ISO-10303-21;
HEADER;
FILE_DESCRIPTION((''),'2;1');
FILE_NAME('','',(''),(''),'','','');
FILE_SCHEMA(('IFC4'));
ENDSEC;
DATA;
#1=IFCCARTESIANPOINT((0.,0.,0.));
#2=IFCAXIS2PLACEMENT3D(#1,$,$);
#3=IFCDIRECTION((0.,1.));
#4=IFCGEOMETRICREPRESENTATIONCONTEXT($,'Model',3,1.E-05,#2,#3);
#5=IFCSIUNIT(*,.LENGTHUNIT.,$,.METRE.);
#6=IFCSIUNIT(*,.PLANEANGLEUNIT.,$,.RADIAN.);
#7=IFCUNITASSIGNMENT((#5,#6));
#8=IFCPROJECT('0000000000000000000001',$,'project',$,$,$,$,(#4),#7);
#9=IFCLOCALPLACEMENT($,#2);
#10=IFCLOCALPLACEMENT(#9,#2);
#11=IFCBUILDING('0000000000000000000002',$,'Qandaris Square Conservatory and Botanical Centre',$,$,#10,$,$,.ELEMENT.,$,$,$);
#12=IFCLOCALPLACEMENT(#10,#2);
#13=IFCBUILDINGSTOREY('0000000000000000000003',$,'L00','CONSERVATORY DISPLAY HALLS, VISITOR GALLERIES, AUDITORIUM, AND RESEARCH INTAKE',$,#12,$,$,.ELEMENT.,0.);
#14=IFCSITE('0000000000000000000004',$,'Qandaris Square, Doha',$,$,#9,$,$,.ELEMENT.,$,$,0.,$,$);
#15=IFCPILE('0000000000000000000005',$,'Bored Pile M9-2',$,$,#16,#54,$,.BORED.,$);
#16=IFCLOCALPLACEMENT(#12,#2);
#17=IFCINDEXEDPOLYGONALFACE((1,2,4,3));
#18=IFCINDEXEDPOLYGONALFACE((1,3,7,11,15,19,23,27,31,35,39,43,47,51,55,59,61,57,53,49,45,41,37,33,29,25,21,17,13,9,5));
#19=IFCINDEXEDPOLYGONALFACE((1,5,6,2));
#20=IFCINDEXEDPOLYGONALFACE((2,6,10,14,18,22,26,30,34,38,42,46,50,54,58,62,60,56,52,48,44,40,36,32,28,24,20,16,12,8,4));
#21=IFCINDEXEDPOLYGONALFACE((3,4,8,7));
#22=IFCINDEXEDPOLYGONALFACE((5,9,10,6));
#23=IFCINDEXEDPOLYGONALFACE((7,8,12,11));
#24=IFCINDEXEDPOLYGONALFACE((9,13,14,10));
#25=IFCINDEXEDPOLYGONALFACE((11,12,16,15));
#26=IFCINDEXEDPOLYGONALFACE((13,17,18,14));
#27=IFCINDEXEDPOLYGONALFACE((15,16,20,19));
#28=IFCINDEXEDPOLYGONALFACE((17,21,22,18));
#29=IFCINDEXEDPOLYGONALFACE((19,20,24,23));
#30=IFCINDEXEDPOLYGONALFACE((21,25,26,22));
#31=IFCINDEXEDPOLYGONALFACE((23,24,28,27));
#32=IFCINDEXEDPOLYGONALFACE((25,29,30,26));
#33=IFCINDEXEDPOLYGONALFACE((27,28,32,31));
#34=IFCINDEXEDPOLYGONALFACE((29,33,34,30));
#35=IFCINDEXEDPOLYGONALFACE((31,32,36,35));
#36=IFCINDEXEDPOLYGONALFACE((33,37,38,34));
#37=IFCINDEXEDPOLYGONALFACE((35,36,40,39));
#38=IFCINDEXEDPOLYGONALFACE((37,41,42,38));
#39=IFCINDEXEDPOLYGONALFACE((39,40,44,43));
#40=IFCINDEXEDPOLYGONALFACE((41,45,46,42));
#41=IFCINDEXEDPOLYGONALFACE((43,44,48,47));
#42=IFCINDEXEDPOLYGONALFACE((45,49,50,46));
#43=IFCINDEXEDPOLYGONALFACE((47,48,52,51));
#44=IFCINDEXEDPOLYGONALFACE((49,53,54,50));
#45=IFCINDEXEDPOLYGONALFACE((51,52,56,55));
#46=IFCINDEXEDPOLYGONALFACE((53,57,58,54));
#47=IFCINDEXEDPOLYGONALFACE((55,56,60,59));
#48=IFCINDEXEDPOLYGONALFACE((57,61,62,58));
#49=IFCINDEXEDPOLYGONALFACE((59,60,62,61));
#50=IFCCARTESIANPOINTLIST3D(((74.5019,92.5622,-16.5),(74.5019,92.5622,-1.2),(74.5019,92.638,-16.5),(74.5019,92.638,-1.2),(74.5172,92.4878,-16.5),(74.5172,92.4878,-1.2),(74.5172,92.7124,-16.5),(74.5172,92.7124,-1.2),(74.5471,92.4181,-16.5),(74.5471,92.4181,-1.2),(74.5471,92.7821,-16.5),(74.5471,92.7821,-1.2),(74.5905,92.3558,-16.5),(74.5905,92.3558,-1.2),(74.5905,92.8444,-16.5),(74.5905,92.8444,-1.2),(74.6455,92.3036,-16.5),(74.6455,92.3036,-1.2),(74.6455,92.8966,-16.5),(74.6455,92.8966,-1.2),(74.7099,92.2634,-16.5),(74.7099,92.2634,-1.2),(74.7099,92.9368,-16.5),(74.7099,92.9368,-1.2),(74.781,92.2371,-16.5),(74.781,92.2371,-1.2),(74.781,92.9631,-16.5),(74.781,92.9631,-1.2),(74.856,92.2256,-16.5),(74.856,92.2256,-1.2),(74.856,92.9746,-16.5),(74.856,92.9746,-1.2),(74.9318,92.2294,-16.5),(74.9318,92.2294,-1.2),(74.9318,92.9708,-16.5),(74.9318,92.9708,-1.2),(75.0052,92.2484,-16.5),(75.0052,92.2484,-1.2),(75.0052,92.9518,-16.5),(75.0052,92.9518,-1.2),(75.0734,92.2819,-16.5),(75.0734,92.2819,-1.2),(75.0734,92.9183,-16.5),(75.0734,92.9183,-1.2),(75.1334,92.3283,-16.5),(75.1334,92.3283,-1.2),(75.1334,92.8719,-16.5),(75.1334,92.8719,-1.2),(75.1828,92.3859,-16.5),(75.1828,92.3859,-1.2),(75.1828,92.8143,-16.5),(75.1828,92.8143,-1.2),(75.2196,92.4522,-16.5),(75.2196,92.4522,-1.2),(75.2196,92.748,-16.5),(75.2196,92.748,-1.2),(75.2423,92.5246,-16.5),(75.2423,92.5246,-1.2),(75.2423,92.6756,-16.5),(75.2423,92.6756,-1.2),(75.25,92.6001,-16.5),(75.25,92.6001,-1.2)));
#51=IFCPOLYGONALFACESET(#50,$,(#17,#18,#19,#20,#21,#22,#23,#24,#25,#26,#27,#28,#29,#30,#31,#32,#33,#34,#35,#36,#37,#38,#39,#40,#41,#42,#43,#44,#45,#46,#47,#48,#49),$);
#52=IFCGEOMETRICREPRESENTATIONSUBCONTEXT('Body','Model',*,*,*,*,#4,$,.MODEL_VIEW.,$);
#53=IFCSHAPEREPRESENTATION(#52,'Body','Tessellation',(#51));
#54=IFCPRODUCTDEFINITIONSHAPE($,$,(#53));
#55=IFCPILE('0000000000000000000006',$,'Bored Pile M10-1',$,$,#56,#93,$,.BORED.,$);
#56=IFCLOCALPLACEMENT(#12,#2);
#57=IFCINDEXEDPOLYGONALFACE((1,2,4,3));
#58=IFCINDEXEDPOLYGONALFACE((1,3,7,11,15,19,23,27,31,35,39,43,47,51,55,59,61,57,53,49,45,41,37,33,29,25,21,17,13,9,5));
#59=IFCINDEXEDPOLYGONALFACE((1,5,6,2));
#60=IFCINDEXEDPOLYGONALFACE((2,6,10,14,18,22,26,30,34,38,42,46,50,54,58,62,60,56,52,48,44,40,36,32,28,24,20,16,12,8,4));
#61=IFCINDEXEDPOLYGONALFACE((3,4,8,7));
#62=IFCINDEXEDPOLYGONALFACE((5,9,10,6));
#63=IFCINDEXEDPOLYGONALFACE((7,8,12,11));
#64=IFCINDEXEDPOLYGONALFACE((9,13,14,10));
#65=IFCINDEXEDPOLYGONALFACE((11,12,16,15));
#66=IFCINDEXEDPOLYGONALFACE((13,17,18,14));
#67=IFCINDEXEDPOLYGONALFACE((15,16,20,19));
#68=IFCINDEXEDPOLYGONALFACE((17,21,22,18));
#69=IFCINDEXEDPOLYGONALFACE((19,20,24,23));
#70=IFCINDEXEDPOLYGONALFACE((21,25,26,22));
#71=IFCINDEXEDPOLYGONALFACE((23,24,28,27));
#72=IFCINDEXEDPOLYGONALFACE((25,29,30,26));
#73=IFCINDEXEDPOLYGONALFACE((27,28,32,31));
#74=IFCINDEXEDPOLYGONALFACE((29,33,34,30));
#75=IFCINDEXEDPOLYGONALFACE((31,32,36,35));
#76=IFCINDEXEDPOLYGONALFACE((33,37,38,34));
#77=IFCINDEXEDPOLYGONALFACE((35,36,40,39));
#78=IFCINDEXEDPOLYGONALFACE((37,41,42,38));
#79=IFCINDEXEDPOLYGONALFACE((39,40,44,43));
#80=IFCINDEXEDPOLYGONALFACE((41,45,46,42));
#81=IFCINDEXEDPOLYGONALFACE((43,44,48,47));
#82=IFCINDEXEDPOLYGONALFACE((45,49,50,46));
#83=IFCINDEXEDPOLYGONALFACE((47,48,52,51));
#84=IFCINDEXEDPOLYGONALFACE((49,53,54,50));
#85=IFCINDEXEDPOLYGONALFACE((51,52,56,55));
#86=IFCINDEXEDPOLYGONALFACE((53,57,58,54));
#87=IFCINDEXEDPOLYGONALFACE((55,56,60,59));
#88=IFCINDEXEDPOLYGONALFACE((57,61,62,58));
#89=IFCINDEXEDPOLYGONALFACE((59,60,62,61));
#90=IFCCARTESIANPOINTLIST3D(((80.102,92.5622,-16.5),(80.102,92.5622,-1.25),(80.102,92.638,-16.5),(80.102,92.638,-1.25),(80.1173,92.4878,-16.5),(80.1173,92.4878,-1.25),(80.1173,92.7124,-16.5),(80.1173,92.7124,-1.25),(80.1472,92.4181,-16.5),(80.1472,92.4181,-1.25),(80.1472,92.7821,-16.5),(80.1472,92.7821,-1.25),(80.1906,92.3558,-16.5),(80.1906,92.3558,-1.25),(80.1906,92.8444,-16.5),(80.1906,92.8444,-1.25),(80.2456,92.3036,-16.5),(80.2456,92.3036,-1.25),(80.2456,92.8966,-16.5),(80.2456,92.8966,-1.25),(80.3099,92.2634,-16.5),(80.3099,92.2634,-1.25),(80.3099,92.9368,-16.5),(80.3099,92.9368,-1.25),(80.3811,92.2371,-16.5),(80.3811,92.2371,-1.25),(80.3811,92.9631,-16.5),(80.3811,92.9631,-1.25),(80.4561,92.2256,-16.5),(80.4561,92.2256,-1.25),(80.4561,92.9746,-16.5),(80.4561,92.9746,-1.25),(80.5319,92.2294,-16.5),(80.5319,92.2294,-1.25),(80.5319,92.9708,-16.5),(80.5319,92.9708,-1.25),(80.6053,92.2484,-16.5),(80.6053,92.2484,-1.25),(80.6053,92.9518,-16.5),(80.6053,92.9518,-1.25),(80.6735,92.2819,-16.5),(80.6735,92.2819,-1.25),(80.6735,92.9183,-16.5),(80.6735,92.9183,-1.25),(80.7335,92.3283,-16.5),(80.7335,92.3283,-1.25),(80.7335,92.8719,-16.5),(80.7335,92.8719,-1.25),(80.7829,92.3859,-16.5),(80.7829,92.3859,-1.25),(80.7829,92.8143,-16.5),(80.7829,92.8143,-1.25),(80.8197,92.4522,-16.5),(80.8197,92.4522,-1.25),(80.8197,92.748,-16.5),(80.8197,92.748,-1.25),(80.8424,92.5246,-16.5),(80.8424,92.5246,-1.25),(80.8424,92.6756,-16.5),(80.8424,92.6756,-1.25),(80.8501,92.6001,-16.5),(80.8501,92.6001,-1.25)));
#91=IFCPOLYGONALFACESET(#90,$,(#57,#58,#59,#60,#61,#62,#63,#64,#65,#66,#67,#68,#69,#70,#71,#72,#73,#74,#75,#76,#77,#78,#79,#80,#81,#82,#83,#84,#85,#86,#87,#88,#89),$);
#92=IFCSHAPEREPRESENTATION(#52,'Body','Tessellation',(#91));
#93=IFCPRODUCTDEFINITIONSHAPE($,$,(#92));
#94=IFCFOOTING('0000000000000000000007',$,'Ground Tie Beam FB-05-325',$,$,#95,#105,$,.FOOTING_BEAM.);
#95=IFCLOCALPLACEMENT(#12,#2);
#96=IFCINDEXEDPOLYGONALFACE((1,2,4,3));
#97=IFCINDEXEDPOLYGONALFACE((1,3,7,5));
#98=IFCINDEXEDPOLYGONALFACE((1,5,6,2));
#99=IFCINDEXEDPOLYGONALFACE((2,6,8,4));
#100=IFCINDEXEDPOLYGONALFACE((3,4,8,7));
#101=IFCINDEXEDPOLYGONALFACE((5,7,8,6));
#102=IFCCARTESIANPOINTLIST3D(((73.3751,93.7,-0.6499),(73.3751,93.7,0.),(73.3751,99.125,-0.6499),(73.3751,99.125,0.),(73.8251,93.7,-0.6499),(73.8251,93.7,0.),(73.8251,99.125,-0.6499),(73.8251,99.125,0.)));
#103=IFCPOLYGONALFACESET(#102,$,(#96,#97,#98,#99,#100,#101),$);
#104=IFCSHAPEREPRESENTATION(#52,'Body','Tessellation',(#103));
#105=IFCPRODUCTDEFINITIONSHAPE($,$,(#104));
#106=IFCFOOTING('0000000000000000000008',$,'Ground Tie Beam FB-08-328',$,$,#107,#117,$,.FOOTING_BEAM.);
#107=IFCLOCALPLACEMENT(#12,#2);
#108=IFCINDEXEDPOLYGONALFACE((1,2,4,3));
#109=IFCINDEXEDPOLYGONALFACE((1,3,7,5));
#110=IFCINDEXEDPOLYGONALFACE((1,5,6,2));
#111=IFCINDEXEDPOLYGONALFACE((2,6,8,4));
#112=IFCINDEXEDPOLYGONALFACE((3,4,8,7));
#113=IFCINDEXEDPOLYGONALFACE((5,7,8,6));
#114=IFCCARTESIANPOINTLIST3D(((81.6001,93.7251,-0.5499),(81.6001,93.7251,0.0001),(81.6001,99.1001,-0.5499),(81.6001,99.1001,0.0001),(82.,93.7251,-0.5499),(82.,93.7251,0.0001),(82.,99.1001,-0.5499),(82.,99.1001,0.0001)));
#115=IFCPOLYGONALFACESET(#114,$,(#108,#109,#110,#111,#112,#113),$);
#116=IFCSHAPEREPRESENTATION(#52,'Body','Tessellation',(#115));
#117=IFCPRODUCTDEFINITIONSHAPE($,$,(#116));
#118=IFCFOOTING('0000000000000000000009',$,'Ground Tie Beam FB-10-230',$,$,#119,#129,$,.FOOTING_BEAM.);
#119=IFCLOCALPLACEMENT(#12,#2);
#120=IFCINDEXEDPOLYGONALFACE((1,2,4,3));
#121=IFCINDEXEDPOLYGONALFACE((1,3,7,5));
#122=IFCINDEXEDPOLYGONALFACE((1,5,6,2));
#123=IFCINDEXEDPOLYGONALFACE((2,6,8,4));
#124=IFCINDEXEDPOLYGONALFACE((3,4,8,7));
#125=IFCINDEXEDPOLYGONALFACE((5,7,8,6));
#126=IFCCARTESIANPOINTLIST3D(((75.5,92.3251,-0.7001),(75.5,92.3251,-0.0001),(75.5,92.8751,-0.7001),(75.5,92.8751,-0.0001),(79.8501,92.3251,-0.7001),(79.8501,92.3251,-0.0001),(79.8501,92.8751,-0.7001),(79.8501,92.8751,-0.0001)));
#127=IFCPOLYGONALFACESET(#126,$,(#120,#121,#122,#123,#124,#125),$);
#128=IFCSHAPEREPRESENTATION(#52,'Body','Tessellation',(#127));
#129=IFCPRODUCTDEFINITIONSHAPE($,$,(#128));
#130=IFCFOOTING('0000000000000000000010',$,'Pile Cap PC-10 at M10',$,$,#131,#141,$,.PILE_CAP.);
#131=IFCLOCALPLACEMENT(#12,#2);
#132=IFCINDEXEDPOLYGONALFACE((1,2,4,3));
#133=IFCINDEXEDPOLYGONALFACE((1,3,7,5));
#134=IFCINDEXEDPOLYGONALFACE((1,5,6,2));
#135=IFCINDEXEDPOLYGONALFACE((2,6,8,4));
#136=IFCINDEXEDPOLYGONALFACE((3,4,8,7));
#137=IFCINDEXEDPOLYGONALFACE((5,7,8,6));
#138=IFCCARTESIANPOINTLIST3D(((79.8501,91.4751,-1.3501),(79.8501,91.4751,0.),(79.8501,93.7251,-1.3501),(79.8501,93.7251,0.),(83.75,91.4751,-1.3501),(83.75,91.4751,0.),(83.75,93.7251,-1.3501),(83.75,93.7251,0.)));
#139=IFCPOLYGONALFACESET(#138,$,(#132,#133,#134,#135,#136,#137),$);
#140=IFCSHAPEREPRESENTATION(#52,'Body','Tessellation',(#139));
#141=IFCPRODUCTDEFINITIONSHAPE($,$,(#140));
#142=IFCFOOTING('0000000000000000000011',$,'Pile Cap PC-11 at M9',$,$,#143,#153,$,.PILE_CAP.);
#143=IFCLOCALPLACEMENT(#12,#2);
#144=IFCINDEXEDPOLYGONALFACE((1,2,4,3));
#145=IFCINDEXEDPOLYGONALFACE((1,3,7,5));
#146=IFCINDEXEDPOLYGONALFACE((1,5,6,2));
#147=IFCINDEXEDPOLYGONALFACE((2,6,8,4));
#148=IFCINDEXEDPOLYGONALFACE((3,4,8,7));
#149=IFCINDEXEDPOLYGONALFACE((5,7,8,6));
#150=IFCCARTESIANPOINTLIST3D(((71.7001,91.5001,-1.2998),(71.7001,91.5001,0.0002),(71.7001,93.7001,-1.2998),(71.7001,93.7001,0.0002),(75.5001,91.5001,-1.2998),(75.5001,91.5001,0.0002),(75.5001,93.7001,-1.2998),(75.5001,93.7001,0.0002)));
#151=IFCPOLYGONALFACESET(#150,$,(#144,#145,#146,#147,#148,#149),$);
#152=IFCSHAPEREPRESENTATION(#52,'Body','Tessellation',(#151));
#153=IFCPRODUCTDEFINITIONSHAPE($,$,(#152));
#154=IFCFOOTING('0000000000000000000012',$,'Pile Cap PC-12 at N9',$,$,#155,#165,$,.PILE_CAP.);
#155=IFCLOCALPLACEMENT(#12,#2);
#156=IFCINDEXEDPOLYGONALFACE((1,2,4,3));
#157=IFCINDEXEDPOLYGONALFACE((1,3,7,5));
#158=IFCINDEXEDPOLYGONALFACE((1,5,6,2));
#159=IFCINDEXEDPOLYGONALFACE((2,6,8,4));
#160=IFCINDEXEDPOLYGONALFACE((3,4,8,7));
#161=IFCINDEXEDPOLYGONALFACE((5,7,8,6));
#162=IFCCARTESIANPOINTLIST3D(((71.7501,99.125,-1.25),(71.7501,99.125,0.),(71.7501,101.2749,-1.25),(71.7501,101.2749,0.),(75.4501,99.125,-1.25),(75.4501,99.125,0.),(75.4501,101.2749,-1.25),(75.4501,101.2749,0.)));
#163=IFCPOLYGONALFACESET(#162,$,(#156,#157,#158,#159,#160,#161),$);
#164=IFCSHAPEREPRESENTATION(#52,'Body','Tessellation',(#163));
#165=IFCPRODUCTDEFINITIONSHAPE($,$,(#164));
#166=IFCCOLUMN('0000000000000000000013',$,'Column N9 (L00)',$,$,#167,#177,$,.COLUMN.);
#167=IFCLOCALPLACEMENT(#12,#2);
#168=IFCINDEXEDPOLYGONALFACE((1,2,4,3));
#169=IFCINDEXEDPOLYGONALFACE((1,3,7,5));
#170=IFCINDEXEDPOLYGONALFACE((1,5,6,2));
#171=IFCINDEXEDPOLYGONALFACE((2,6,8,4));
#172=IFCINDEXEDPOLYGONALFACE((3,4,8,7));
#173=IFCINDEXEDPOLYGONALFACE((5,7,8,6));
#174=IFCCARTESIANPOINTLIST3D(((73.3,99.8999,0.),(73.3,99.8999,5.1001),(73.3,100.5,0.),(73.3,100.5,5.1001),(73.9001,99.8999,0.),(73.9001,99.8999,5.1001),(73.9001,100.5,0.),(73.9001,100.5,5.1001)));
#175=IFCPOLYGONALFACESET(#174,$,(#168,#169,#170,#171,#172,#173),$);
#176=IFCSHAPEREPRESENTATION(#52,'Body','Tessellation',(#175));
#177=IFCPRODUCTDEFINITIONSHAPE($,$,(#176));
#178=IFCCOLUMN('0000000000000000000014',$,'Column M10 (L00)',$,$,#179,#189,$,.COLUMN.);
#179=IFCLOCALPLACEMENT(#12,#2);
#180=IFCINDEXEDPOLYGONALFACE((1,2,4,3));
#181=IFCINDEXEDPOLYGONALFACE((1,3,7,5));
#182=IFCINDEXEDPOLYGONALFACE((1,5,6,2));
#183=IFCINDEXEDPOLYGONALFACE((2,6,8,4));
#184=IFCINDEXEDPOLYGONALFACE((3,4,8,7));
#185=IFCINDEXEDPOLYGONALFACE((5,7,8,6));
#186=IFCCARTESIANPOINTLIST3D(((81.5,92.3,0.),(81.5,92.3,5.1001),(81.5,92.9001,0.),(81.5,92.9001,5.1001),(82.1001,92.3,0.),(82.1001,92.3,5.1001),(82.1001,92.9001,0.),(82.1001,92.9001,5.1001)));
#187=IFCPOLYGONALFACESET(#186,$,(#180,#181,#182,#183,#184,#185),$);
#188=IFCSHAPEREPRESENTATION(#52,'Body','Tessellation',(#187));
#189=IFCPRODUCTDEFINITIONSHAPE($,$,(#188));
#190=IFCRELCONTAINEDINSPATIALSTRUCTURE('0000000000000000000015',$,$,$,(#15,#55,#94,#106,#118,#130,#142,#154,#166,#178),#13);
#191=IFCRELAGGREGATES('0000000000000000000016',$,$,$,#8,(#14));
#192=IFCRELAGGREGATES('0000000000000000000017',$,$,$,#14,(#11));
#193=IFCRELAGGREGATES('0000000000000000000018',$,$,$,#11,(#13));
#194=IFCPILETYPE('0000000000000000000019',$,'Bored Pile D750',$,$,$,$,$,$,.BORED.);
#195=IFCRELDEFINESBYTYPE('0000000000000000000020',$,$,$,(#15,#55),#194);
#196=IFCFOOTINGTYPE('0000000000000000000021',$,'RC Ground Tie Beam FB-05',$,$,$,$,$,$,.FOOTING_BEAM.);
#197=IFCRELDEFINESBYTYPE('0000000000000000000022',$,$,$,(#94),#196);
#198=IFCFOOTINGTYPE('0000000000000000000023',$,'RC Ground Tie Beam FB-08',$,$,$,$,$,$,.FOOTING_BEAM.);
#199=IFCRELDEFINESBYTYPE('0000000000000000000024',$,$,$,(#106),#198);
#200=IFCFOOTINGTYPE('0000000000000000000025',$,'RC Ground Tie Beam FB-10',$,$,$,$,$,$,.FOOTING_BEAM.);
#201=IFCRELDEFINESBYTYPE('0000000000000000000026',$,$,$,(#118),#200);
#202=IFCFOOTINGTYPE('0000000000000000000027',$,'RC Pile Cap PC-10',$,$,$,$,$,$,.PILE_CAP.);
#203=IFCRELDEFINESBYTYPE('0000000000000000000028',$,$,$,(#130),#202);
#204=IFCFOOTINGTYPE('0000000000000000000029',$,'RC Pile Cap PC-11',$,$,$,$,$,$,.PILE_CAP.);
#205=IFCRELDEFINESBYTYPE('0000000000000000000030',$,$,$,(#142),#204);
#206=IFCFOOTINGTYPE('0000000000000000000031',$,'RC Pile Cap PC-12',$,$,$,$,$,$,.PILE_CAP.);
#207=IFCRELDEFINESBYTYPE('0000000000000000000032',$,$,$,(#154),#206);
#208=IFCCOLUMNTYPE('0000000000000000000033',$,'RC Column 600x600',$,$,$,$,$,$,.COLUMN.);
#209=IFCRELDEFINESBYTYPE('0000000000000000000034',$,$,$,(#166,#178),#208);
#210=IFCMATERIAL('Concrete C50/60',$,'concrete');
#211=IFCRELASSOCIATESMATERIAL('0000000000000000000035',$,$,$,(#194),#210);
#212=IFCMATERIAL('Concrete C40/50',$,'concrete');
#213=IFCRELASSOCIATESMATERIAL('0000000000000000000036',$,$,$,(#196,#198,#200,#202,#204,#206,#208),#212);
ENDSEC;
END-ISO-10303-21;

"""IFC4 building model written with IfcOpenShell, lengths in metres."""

from ifc_helpers import new_model, si_unit, direction, frame, origin, origin_2d, place, context, subcontext, project, spatial, rectangle, circle, extrude, material, material_profile, profile_set, type_object, element, save


model = new_model("IFC4")

# Units and contexts
model_context = context("Model", 3, precision=1e-05, world=origin(), true_north=direction((0.0, 1.0)))
body_context = subcontext(model_context, "Body", "Model", "MODEL_VIEW")
ifc_project = project(units=[si_unit("LENGTHUNIT", "METRE"), si_unit("PLANEANGLEUNIT", "RADIAN")], contexts=[model_context])

# Site, building, storey
site_placement = place(None, origin())
site = spatial("IfcSite", under=ifc_project, at=site_placement, Name="Qandaris Square, Doha", CompositionType="ELEMENT", RefElevation=0.0)
building_placement = place(site_placement, origin())
building = spatial("IfcBuilding", under=site, at=building_placement, Name="Qandaris Square Conservatory and Botanical Centre", CompositionType="ELEMENT")
storey_placement = place(building_placement, origin())
storey = spatial("IfcBuildingStorey", under=building, at=storey_placement, Name="L00", Description="CONSERVATORY DISPLAY HALLS, VISITOR GALLERIES, AUDITORIUM, AND RESEARCH INTAKE", CompositionType="ELEMENT", Elevation=0.0)

# Piles
ifc_material_1 = material(Name="Concrete C50/60", Category="concrete")
ifc_material_profile_1 = material_profile(ifc_material_1, circle(Radius=0.375, at=origin_2d()), Name="PILE D750")
ifc_profile_set_1 = profile_set([ifc_material_profile_1], Name="Concrete C50/60")
pile_type = type_object("IfcPileType", Name="Bored Pile D750", PredefinedType="BORED", material=ifc_profile_set_1)
pile_1_placement = place(storey_placement, frame((74.875, 92.6001, -1.2), z_axis=(0.0, 0.0, -1.0), x_axis=(1.0, 0.0, 0.0)))
element("IfcPile", 1, at=pile_1_placement, inside=storey, type_object=pile_type, Name="Bored Pile M9-2", PredefinedType="BORED", context=body_context, shape_type="SweptSolid", body=[
    extrude(circle(Radius=0.375, at=origin_2d()), origin(), (0.0, 0.0, 1.0), 15.3),
])
pile_2_placement = place(storey_placement, frame((80.4751, 92.6001, -1.25), z_axis=(0.0, 0.0, -1.0), x_axis=(1.0, 0.0, 0.0)))
element("IfcPile", 2, at=pile_2_placement, inside=storey, type_object=pile_type, Name="Bored Pile M10-1", PredefinedType="BORED", context=body_context, shape_type="SweptSolid", body=[
    extrude(circle(Radius=0.375, at=origin_2d()), origin(), (0.0, 0.0, 1.0), 15.25),
])

# Footings
ifc_material_2 = material(Name="Concrete C40/50", Category="concrete")
ifc_material_profile_2 = material_profile(ifc_material_2, rectangle(XDim=0.45, YDim=0.6499, at=origin_2d()), Name="FB 450x650")
ifc_profile_set_2 = profile_set([ifc_material_profile_2], Name="Concrete C40/50")
footing_type_1 = type_object("IfcFootingType", Name="RC Ground Tie Beam FB-05", PredefinedType="FOOTING_BEAM", material=ifc_profile_set_2)
footing_1_placement = place(storey_placement, frame((73.6001, 93.7, -0.325), z_axis=(0.0, 1.0, 0.0), x_axis=(-1.0, 0.0, 0.0)))
element("IfcFooting", 3, at=footing_1_placement, inside=storey, type_object=footing_type_1, Name="Ground Tie Beam FB-05-325", PredefinedType="FOOTING_BEAM", context=body_context, shape_type="SweptSolid", body=[
    extrude(rectangle(XDim=0.45, YDim=0.6499, at=origin_2d()), origin(), (0.0, 0.0, 1.0), 5.425),
])
ifc_material_profile_3 = material_profile(ifc_material_2, rectangle(XDim=0.3999, YDim=0.55, at=origin_2d()), Name="FB 400x550")
ifc_profile_set_3 = profile_set([ifc_material_profile_3], Name="Concrete C40/50")
footing_type_2 = type_object("IfcFootingType", Name="RC Ground Tie Beam FB-08", PredefinedType="FOOTING_BEAM", material=ifc_profile_set_3)
footing_2_placement = place(storey_placement, frame((81.8, 93.7251, -0.2749), z_axis=(0.0, 1.0, 0.0), x_axis=(-1.0, 0.0, 0.0)))
element("IfcFooting", 4, at=footing_2_placement, inside=storey, type_object=footing_type_2, Name="Ground Tie Beam FB-08-328", PredefinedType="FOOTING_BEAM", context=body_context, shape_type="SweptSolid", body=[
    extrude(rectangle(XDim=0.3999, YDim=0.55, at=origin_2d()), origin(), (0.0, 0.0, 1.0), 5.375),
])
ifc_material_profile_4 = material_profile(ifc_material_2, rectangle(XDim=0.55, YDim=0.7, at=origin_2d()), Name="FB 550x700")
ifc_profile_set_4 = profile_set([ifc_material_profile_4], Name="Concrete C40/50")
footing_type_3 = type_object("IfcFootingType", Name="RC Ground Tie Beam FB-10", PredefinedType="FOOTING_BEAM", material=ifc_profile_set_4)
footing_3_placement = place(storey_placement, frame((75.5, 92.6001, -0.3501), z_axis=(1.0, 0.0, 0.0), x_axis=(0.0, 1.0, 0.0)))
element("IfcFooting", 5, at=footing_3_placement, inside=storey, type_object=footing_type_3, Name="Ground Tie Beam FB-10-230", PredefinedType="FOOTING_BEAM", context=body_context, shape_type="SweptSolid", body=[
    extrude(rectangle(XDim=0.55, YDim=0.7, at=origin_2d()), origin(), (0.0, 0.0, 1.0), 4.3501),
])
footing_type_4 = type_object("IfcFootingType", Name="RC Pile Cap PC-10", PredefinedType="PILE_CAP", material=ifc_material_2)
footing_4_placement = place(storey_placement, frame((81.8, 92.6001, -1.3501), z_axis=(0.0, 0.0, 1.0), x_axis=(1.0, 0.0, 0.0)))
element("IfcFooting", 6, at=footing_4_placement, inside=storey, type_object=footing_type_4, Name="Pile Cap PC-10 at M10", PredefinedType="PILE_CAP", context=body_context, shape_type="SweptSolid", body=[
    extrude(rectangle(XDim=3.8999, YDim=2.25, at=origin_2d()), origin(), (0.0, 0.0, 1.0), 1.3501),
])
footing_type_5 = type_object("IfcFootingType", Name="RC Pile Cap PC-11", PredefinedType="PILE_CAP", material=ifc_material_2)
footing_5_placement = place(storey_placement, frame((73.6001, 92.6001, -1.2998), z_axis=(0.0, 0.0, 1.0), x_axis=(1.0, 0.0, 0.0)))
element("IfcFooting", 7, at=footing_5_placement, inside=storey, type_object=footing_type_5, Name="Pile Cap PC-11 at M9", PredefinedType="PILE_CAP", context=body_context, shape_type="SweptSolid", body=[
    extrude(rectangle(XDim=3.8, YDim=2.2, at=origin_2d()), origin(), (0.0, 0.0, 1.0), 1.3),
])
footing_type_6 = type_object("IfcFootingType", Name="RC Pile Cap PC-12", PredefinedType="PILE_CAP", material=ifc_material_2)
footing_6_placement = place(storey_placement, frame((73.6001, 100.2, -1.25), z_axis=(0.0, 0.0, 1.0), x_axis=(1.0, 0.0, 0.0)))
element("IfcFooting", 8, at=footing_6_placement, inside=storey, type_object=footing_type_6, Name="Pile Cap PC-12 at N9", PredefinedType="PILE_CAP", context=body_context, shape_type="SweptSolid", body=[
    extrude(rectangle(XDim=3.7, YDim=2.1499, at=origin_2d()), origin(), (0.0, 0.0, 1.0), 1.25),
])

# Columns
ifc_material_profile_5 = material_profile(ifc_material_2, rectangle(XDim=0.6001, YDim=0.6001, at=origin_2d()), Name="RC-COL 600x600")
ifc_profile_set_5 = profile_set([ifc_material_profile_5], Name="Concrete C40/50")
column_type = type_object("IfcColumnType", Name="RC Column 600x600", PredefinedType="COLUMN", material=ifc_profile_set_5)
for number, where, z_axis, x_axis, name in (
    (9, (73.6001, 100.2, 0.0), (0.0, 0.0, 1.0), (1.0, 0.0, 0.0), "Column N9 (L00)"),
    (10, (81.8, 92.6001, 0.0), (0.0, 0.0, 1.0), (1.0, 0.0, 0.0), "Column M10 (L00)"),
):
    element("IfcColumn", number, at=place(storey_placement, frame(where, z_axis=z_axis, x_axis=x_axis)), inside=storey, type_object=column_type, Name=name, PredefinedType="COLUMN", context=body_context, shape_type="SweptSolid", body=[
        extrude(rectangle(XDim=0.6001, YDim=0.6001, at=origin_2d()), origin(), (0.0, 0.0, 1.0), 5.1001),
    ])

save(model, "model.ifc")
